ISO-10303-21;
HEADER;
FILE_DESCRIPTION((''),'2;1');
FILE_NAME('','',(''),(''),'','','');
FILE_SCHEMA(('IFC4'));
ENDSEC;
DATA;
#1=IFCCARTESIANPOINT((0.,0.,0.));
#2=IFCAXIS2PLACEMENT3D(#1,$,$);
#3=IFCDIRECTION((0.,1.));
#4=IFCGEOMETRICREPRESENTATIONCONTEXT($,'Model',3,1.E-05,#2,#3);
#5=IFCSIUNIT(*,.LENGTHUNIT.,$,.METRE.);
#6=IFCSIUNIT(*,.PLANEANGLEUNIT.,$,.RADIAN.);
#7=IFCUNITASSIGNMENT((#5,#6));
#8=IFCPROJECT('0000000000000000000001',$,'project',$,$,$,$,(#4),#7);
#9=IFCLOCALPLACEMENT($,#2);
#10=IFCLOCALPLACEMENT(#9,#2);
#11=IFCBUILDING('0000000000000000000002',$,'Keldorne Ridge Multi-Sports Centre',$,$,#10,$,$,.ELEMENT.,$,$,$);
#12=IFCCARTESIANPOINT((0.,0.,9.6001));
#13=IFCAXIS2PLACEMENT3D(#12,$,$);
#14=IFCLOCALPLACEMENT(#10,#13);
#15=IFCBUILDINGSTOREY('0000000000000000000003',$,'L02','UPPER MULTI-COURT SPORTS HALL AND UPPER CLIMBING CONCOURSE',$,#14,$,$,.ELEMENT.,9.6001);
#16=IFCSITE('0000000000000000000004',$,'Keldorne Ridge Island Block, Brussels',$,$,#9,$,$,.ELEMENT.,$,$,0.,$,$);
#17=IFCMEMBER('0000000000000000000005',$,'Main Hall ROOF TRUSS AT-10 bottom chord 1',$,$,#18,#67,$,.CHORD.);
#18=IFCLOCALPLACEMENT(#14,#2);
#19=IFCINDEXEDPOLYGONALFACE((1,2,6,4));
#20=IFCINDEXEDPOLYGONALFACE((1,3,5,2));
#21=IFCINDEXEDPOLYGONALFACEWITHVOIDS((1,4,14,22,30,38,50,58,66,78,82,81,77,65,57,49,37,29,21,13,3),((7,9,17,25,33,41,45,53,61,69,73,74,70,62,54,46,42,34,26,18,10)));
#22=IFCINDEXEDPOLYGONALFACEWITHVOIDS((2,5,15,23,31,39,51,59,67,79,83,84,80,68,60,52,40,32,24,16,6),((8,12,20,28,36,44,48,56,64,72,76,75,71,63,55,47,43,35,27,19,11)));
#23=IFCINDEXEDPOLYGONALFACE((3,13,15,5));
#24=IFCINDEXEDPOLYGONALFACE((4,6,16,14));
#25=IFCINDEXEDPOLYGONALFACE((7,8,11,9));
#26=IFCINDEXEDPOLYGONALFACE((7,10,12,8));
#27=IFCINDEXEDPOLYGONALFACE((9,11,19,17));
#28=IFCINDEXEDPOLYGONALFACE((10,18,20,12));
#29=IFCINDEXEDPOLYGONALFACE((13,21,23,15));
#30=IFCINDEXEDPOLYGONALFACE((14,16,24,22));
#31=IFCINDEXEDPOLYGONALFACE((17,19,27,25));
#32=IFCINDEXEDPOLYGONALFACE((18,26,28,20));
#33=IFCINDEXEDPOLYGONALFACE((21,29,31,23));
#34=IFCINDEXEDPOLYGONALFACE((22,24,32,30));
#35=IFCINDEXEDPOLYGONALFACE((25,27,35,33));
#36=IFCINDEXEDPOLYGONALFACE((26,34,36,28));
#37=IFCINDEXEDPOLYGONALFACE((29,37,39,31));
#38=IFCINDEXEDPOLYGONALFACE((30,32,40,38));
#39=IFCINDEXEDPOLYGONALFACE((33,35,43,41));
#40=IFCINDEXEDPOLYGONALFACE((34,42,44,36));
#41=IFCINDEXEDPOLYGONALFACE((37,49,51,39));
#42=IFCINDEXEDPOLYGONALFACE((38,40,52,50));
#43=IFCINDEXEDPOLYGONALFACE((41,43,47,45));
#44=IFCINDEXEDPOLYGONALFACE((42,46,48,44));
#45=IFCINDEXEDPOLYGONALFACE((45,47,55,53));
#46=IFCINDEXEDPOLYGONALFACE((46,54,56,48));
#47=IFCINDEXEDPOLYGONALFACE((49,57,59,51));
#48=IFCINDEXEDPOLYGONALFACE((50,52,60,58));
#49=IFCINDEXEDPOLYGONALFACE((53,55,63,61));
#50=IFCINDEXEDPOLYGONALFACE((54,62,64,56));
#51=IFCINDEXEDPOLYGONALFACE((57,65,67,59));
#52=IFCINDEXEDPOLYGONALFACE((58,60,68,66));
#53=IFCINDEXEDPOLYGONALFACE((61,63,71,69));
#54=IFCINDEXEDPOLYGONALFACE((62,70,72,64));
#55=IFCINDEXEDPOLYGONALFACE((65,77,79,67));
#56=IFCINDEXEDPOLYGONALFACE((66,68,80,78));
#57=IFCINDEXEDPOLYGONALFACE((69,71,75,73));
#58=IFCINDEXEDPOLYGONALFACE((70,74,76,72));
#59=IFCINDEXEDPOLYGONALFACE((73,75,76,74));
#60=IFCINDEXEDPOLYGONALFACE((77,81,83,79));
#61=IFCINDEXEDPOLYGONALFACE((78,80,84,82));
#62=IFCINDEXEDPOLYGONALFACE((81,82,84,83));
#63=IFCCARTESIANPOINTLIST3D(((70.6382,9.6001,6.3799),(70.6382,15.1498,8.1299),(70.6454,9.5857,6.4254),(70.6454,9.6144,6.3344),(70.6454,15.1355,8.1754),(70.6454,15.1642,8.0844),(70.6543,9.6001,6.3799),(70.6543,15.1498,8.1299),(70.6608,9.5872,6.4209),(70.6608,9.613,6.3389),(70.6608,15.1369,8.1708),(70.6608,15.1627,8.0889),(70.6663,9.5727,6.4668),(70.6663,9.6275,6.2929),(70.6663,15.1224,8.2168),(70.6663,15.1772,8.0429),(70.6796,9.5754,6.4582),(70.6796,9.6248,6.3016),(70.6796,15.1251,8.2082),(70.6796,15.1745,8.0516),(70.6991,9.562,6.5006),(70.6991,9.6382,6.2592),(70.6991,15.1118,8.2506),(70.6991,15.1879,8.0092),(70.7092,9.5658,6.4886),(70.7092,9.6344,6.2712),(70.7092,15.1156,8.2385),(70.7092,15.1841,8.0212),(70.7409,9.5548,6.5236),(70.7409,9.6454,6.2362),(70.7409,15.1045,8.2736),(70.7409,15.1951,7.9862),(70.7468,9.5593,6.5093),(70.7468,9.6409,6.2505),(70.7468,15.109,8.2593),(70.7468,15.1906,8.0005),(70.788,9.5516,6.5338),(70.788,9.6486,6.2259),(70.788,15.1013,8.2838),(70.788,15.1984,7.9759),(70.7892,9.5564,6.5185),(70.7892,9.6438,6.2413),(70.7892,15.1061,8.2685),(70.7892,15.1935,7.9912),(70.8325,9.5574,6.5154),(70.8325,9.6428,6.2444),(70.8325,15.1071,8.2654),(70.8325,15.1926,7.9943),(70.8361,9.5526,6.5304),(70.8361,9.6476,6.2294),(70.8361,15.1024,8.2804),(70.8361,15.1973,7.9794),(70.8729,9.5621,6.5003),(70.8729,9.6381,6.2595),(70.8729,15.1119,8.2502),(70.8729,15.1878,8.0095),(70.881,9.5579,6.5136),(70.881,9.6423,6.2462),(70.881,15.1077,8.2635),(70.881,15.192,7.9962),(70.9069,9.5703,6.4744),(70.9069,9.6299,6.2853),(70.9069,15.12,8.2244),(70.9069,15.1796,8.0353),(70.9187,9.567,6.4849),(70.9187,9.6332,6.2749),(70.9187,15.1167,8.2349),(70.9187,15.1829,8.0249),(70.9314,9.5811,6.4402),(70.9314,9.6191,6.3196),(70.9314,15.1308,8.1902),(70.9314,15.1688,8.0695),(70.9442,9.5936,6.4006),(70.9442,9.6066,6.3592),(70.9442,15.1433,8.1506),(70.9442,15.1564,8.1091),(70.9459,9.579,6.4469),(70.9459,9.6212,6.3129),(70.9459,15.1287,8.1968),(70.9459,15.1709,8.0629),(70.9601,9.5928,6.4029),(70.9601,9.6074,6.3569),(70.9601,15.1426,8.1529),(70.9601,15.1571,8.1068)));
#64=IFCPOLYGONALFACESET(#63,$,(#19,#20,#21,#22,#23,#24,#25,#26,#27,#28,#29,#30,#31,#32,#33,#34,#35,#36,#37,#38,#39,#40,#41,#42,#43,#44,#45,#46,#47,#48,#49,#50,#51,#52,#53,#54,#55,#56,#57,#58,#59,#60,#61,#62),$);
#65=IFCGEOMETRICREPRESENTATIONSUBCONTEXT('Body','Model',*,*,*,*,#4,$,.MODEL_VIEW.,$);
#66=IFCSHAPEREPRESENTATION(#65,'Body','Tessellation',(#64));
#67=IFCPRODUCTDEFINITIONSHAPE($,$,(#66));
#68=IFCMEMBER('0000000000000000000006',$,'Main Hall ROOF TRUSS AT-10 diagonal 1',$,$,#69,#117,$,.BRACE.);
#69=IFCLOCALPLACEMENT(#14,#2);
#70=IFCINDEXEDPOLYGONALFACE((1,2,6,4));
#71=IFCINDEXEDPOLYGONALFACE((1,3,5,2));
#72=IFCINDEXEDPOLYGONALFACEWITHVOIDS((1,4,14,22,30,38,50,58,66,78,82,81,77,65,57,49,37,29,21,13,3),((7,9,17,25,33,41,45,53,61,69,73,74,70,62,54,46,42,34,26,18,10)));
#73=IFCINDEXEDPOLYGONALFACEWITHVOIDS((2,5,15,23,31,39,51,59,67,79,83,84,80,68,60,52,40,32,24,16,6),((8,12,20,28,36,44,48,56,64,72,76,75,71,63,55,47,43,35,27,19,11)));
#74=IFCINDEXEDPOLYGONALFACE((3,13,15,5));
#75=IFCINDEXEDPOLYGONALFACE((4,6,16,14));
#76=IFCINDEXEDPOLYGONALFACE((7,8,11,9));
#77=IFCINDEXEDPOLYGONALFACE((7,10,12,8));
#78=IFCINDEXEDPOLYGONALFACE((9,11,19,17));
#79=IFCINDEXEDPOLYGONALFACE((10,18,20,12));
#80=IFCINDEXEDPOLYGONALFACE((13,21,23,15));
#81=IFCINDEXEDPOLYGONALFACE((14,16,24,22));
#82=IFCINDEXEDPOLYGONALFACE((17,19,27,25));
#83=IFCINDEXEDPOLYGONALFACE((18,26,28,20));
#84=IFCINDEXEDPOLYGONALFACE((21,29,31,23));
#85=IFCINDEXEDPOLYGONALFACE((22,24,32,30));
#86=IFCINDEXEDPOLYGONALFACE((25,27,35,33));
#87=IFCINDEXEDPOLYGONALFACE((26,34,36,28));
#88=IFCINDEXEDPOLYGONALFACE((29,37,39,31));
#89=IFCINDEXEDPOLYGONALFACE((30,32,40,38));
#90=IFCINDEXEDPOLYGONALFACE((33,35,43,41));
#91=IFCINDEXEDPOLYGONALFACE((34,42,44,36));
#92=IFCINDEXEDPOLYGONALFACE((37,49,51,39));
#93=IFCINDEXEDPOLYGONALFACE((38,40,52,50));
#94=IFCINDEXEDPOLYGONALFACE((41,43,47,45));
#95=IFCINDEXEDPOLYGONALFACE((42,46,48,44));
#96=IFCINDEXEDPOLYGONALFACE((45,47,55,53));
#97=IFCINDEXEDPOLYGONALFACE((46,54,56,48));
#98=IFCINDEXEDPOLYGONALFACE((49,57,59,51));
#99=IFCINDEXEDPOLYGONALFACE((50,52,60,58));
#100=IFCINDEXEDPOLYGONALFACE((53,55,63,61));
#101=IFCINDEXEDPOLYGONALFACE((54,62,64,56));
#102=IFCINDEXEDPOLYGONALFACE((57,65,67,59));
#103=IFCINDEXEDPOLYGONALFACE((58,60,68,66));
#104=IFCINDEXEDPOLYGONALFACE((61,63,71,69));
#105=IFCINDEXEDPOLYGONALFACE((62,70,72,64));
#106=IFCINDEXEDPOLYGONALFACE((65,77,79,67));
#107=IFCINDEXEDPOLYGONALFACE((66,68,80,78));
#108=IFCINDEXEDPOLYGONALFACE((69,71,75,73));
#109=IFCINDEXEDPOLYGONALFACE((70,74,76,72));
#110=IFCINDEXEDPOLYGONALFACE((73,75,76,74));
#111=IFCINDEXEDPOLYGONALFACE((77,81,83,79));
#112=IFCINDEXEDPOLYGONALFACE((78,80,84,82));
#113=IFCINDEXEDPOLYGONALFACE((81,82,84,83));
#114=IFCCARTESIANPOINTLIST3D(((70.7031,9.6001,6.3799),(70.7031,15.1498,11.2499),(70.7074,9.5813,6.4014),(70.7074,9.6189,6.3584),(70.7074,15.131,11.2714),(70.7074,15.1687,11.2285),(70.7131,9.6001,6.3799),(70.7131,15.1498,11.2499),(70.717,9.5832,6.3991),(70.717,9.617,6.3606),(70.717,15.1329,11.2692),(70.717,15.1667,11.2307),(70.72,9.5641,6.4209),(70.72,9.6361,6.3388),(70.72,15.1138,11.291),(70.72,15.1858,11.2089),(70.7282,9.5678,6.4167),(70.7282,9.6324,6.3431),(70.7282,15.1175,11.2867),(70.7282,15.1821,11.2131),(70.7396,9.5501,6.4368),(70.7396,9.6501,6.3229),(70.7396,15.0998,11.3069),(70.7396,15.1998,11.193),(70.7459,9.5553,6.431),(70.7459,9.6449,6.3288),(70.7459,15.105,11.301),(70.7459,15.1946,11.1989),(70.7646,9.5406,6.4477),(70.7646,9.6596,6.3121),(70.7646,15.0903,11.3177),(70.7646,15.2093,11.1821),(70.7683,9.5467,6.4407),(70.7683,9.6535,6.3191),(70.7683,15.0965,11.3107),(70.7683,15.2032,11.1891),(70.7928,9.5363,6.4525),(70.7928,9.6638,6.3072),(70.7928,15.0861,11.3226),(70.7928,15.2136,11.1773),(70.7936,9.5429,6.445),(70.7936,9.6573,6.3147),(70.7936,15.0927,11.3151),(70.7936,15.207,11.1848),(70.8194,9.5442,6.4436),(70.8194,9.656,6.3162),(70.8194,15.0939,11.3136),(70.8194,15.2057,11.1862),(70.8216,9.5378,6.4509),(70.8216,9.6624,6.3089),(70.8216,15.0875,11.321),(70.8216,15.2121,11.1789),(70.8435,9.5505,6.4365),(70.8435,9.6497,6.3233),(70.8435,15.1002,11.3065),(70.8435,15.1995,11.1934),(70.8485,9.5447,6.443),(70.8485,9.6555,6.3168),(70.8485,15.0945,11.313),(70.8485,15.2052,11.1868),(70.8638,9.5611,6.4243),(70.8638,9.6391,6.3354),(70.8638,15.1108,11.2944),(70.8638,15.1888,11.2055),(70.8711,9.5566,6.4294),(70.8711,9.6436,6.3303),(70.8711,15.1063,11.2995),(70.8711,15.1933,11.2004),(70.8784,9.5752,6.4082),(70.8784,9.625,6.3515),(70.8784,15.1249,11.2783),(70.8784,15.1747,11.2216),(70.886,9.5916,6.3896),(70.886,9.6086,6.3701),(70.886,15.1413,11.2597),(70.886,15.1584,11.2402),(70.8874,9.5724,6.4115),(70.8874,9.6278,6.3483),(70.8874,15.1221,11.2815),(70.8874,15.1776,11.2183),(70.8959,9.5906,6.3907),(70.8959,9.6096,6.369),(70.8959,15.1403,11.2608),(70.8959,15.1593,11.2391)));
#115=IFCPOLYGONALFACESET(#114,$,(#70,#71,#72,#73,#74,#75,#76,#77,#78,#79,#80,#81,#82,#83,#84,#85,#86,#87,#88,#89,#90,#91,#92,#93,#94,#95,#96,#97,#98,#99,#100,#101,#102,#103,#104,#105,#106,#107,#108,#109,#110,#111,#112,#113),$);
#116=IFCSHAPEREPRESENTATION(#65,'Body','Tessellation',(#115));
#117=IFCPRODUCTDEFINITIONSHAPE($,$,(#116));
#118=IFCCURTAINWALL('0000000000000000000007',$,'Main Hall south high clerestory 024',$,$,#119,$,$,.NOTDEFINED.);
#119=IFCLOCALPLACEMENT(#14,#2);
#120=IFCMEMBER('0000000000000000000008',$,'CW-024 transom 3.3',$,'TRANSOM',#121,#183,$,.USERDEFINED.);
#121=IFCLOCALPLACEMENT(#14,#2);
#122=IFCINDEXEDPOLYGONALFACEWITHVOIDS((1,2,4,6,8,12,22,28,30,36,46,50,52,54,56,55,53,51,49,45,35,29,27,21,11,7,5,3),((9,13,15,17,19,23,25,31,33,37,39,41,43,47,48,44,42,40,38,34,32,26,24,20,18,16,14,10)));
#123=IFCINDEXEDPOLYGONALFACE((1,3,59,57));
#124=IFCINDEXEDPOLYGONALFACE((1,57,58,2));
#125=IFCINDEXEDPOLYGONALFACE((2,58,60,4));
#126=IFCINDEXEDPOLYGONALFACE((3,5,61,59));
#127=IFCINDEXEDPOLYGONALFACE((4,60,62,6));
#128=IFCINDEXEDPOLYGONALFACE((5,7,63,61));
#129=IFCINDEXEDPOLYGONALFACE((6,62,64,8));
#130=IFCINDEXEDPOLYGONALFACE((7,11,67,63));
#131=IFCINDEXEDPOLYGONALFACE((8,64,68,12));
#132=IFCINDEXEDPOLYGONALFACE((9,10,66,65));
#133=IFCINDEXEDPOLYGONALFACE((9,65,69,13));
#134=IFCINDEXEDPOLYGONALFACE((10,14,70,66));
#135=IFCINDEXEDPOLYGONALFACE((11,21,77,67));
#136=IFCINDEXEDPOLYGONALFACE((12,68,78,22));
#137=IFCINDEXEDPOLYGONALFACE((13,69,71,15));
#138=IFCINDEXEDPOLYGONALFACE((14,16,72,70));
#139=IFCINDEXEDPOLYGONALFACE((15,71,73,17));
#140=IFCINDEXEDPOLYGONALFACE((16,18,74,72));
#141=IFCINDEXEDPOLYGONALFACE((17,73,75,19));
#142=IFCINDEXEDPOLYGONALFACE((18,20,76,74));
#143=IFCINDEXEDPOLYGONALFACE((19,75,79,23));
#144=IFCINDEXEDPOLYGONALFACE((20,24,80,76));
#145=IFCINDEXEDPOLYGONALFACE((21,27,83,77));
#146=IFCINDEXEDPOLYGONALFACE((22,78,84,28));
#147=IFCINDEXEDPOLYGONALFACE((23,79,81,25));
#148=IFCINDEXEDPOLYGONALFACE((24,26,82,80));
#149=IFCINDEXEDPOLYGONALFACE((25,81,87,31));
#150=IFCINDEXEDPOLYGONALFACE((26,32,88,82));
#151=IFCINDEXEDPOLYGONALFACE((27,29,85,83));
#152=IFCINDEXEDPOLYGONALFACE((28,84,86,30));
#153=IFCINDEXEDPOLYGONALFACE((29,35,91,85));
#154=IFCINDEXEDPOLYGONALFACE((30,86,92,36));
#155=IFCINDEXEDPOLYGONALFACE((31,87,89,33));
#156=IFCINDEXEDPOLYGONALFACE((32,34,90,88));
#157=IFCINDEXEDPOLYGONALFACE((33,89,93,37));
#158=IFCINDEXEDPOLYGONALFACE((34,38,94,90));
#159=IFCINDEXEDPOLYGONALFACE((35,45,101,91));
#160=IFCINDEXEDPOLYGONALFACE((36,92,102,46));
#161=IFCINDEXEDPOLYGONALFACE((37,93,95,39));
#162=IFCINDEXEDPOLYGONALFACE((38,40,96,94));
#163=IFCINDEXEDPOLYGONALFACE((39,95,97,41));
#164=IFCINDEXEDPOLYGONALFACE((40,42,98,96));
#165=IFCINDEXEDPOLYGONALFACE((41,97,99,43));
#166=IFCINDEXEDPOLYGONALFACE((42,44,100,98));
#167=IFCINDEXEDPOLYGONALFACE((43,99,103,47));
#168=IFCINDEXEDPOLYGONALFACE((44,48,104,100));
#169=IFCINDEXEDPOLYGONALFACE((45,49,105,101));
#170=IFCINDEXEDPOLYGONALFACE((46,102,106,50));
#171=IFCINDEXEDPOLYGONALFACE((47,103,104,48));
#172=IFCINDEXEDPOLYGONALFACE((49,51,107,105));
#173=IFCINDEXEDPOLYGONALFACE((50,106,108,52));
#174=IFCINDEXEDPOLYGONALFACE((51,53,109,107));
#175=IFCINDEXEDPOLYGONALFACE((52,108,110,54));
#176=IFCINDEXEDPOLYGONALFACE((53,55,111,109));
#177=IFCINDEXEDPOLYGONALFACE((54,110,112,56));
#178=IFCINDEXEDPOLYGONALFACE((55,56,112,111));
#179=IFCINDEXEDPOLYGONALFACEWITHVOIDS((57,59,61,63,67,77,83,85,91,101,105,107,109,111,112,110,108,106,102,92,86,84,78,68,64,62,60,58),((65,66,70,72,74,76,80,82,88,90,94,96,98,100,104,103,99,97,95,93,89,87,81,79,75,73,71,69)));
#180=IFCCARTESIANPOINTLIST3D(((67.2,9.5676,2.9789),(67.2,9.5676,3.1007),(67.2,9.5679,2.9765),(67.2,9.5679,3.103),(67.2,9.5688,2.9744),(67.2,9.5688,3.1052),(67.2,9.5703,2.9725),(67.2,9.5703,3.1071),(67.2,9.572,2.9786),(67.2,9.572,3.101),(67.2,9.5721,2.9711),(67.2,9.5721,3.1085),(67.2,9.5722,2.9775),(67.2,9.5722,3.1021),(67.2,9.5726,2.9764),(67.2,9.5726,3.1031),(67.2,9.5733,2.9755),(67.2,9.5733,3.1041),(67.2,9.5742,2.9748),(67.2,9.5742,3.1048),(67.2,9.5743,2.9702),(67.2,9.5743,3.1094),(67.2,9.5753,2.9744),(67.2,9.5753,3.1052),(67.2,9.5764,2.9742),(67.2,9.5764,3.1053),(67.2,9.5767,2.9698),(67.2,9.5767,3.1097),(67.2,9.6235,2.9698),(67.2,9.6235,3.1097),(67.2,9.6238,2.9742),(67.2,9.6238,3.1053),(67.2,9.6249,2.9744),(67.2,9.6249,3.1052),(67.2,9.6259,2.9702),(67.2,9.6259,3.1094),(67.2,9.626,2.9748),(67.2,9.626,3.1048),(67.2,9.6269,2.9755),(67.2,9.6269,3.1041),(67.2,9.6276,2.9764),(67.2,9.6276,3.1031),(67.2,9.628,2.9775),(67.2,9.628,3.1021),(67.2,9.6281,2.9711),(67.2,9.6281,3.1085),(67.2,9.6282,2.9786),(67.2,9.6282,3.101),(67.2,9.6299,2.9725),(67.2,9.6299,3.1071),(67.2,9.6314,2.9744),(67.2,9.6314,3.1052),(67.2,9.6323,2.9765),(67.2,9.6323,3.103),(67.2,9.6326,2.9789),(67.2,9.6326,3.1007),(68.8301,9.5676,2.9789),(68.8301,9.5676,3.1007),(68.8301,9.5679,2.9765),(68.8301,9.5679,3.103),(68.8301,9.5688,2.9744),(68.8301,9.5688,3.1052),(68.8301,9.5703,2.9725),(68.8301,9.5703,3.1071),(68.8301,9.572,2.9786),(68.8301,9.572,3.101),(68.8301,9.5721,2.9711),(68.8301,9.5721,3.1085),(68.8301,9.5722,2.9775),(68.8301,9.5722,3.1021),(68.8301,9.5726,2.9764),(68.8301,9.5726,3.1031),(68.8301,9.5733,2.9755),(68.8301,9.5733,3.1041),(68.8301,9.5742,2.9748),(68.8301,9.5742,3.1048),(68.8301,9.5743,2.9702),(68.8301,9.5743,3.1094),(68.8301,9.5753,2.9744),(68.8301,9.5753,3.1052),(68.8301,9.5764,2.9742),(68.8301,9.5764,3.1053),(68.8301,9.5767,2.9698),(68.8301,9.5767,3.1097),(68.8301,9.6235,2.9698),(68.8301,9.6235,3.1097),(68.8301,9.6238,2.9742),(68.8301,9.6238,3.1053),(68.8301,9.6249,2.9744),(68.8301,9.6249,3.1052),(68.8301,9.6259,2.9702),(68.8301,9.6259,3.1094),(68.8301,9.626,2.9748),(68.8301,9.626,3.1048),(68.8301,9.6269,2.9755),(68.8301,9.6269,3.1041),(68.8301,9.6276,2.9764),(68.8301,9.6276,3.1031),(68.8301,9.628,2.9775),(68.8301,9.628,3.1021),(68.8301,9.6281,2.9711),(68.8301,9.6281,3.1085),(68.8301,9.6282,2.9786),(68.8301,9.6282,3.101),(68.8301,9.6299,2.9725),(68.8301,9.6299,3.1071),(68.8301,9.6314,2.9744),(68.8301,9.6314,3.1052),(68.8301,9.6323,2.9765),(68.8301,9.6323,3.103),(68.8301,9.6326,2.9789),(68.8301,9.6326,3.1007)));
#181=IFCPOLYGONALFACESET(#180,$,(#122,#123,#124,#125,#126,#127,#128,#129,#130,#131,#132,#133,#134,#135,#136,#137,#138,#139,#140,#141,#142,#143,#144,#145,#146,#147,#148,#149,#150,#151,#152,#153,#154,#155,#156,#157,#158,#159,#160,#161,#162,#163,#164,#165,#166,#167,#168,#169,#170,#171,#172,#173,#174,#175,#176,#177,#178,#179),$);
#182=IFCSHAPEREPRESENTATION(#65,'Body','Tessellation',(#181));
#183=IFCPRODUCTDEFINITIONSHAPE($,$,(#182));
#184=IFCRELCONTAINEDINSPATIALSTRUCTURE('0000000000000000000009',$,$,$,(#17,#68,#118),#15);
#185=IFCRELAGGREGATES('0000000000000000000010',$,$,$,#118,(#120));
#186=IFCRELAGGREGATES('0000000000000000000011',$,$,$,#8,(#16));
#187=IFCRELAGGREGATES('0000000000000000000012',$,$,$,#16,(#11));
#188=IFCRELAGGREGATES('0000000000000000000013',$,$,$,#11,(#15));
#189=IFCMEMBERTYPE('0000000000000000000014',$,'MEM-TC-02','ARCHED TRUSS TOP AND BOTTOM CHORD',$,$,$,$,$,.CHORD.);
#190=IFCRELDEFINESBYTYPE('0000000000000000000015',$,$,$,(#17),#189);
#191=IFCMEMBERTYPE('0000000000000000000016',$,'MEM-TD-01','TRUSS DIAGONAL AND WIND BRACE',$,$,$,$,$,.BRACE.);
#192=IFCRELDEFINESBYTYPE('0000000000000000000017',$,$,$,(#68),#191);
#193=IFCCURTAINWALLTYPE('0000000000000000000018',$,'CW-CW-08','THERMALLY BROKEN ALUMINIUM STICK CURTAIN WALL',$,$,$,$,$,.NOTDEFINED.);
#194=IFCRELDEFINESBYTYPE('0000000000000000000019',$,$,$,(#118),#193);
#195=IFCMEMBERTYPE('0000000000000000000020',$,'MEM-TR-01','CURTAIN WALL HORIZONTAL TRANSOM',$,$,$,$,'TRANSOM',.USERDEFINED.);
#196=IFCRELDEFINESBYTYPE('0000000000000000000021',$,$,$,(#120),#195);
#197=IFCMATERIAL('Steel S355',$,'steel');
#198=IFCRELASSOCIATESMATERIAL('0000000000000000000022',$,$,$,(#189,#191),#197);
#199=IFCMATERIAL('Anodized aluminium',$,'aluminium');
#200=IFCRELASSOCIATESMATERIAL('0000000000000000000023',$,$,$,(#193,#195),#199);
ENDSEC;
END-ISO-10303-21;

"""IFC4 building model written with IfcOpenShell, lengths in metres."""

from ifc_helpers import new_model, si_unit, direction, frame, origin, origin_2d, place, context, subcontext, project, spatial, hollow_rectangle, hollow_circle, extrude, material, material_profile, profile_set, type_object, element, aggregate, save


model = new_model("IFC4")

# Units and contexts
model_context = context("Model", 3, precision=1e-05, world=origin(), true_north=direction((0.0, 1.0)))
body_context = subcontext(model_context, "Body", "Model", "MODEL_VIEW")
ifc_project = project(units=[si_unit("LENGTHUNIT", "METRE"), si_unit("PLANEANGLEUNIT", "RADIAN")], contexts=[model_context])

# Site, building, storey
site_placement = place(None, origin())
site = spatial("IfcSite", under=ifc_project, at=site_placement, Name="Keldorne Ridge Island Block, Brussels", CompositionType="ELEMENT", RefElevation=0.0)
building_placement = place(site_placement, origin())
building = spatial("IfcBuilding", under=site, at=building_placement, Name="Keldorne Ridge Multi-Sports Centre", CompositionType="ELEMENT")
storey_placement = place(building_placement, frame((0.0, 0.0, 9.6001)))
storey = spatial("IfcBuildingStorey", under=building, at=storey_placement, Name="L02", Description="UPPER MULTI-COURT SPORTS HALL AND UPPER CLIMBING CONCOURSE", CompositionType="ELEMENT", Elevation=9.6001)

# Members
ifc_material_1 = material(Name="Steel S355", Category="steel")
ifc_material_profile_1 = material_profile(ifc_material_1, hollow_circle(Radius=0.1619, WallThickness=0.0161, at=origin_2d()), Name="CHS 323.9x16")
ifc_profile_set_1 = profile_set([ifc_material_profile_1], Name="Steel S355")
member_type_1 = type_object("IfcMemberType", Name="MEM-TC-02", Description="ARCHED TRUSS TOP AND BOTTOM CHORD", PredefinedType="CHORD", material=ifc_profile_set_1)
member_1_placement = place(storey_placement, frame((70.8, 9.6001, 6.3799), z_axis=(0.0, 0.953709, 0.30073), x_axis=(-1.0, 0.0, 0.0)))
element("IfcMember", 1, at=member_1_placement, inside=storey, type_object=member_type_1, Name="Main Hall ROOF TRUSS AT-10 bottom chord 1", PredefinedType="CHORD", context=body_context, shape_type="SweptSolid", body=[
    extrude(hollow_circle(Radius=0.1619, WallThickness=0.0161, at=origin_2d()), origin(), (0.0, 0.0, 1.0), 5.8191),
])
ifc_material_profile_2 = material_profile(ifc_material_1, hollow_circle(Radius=0.0969, WallThickness=0.01, at=origin_2d()), Name="CHS 193.7x10")
ifc_profile_set_2 = profile_set([ifc_material_profile_2], Name="Steel S355")
member_type_2 = type_object("IfcMemberType", Name="MEM-TD-01", Description="TRUSS DIAGONAL AND WIND BRACE", PredefinedType="BRACE", material=ifc_profile_set_2)
member_2_placement = place(storey_placement, frame((70.8, 9.6001, 6.3799), z_axis=(0.0, 0.751634, 0.659581), x_axis=(-1.0, 0.0, 0.0)))
element("IfcMember", 2, at=member_2_placement, inside=storey, type_object=member_type_2, Name="Main Hall ROOF TRUSS AT-10 diagonal 1", PredefinedType="BRACE", context=body_context, shape_type="SweptSolid", body=[
    extrude(hollow_circle(Radius=0.0969, WallThickness=0.01, at=origin_2d()), origin(), (0.0, 0.0, 1.0), 7.3835),
])

# Curtain wall, member
ifc_material_2 = material(Name="Anodized aluminium", Category="aluminium")
curtain_wall_type_1 = type_object("IfcCurtainWallType", Name="CW-CW-08", Description="THERMALLY BROKEN ALUMINIUM STICK CURTAIN WALL", PredefinedType="NOTDEFINED", material=ifc_material_2)
curtain_wall_1_placement = place(storey_placement, origin())
curtain_wall_1 = element("IfcCurtainWall", 3, at=curtain_wall_1_placement, inside=storey, type_object=curtain_wall_type_1, Name="Main Hall south high clerestory 024", PredefinedType="NOTDEFINED")
ifc_material_profile_3 = material_profile(ifc_material_2, hollow_rectangle(XDim=0.0649, YDim=0.1399, WallThickness=0.0044, InnerFilletRadius=0.0044, OuterFilletRadius=0.009, at=origin_2d()), Name="ALU TRANSOM 140x65x4.5")
ifc_profile_set_3 = profile_set([ifc_material_profile_3], Name="Anodized aluminium")
member_type_3 = type_object("IfcMemberType", Name="MEM-TR-01", Description="CURTAIN WALL HORIZONTAL TRANSOM", ElementType="TRANSOM", PredefinedType="USERDEFINED", material=ifc_profile_set_3)
member_3_placement = place(storey_placement, frame((67.2, 9.6001, 3.0398), z_axis=(1.0, 0.0, 0.0), x_axis=(0.0, 1.0, 0.0)))
member_3 = element("IfcMember", 4, at=member_3_placement, type_object=member_type_3, Name="CW-024 transom 3.3", ObjectType="TRANSOM", PredefinedType="USERDEFINED", context=body_context, shape_type="SweptSolid", body=[
    extrude(hollow_rectangle(XDim=0.0649, YDim=0.1399, WallThickness=0.0044, InnerFilletRadius=0.0044, OuterFilletRadius=0.009, at=origin_2d()), origin(), (0.0, 0.0, 1.0), 1.6301),
])

aggregate(curtain_wall_1, [member_3])

save(model, "model.ifc")
